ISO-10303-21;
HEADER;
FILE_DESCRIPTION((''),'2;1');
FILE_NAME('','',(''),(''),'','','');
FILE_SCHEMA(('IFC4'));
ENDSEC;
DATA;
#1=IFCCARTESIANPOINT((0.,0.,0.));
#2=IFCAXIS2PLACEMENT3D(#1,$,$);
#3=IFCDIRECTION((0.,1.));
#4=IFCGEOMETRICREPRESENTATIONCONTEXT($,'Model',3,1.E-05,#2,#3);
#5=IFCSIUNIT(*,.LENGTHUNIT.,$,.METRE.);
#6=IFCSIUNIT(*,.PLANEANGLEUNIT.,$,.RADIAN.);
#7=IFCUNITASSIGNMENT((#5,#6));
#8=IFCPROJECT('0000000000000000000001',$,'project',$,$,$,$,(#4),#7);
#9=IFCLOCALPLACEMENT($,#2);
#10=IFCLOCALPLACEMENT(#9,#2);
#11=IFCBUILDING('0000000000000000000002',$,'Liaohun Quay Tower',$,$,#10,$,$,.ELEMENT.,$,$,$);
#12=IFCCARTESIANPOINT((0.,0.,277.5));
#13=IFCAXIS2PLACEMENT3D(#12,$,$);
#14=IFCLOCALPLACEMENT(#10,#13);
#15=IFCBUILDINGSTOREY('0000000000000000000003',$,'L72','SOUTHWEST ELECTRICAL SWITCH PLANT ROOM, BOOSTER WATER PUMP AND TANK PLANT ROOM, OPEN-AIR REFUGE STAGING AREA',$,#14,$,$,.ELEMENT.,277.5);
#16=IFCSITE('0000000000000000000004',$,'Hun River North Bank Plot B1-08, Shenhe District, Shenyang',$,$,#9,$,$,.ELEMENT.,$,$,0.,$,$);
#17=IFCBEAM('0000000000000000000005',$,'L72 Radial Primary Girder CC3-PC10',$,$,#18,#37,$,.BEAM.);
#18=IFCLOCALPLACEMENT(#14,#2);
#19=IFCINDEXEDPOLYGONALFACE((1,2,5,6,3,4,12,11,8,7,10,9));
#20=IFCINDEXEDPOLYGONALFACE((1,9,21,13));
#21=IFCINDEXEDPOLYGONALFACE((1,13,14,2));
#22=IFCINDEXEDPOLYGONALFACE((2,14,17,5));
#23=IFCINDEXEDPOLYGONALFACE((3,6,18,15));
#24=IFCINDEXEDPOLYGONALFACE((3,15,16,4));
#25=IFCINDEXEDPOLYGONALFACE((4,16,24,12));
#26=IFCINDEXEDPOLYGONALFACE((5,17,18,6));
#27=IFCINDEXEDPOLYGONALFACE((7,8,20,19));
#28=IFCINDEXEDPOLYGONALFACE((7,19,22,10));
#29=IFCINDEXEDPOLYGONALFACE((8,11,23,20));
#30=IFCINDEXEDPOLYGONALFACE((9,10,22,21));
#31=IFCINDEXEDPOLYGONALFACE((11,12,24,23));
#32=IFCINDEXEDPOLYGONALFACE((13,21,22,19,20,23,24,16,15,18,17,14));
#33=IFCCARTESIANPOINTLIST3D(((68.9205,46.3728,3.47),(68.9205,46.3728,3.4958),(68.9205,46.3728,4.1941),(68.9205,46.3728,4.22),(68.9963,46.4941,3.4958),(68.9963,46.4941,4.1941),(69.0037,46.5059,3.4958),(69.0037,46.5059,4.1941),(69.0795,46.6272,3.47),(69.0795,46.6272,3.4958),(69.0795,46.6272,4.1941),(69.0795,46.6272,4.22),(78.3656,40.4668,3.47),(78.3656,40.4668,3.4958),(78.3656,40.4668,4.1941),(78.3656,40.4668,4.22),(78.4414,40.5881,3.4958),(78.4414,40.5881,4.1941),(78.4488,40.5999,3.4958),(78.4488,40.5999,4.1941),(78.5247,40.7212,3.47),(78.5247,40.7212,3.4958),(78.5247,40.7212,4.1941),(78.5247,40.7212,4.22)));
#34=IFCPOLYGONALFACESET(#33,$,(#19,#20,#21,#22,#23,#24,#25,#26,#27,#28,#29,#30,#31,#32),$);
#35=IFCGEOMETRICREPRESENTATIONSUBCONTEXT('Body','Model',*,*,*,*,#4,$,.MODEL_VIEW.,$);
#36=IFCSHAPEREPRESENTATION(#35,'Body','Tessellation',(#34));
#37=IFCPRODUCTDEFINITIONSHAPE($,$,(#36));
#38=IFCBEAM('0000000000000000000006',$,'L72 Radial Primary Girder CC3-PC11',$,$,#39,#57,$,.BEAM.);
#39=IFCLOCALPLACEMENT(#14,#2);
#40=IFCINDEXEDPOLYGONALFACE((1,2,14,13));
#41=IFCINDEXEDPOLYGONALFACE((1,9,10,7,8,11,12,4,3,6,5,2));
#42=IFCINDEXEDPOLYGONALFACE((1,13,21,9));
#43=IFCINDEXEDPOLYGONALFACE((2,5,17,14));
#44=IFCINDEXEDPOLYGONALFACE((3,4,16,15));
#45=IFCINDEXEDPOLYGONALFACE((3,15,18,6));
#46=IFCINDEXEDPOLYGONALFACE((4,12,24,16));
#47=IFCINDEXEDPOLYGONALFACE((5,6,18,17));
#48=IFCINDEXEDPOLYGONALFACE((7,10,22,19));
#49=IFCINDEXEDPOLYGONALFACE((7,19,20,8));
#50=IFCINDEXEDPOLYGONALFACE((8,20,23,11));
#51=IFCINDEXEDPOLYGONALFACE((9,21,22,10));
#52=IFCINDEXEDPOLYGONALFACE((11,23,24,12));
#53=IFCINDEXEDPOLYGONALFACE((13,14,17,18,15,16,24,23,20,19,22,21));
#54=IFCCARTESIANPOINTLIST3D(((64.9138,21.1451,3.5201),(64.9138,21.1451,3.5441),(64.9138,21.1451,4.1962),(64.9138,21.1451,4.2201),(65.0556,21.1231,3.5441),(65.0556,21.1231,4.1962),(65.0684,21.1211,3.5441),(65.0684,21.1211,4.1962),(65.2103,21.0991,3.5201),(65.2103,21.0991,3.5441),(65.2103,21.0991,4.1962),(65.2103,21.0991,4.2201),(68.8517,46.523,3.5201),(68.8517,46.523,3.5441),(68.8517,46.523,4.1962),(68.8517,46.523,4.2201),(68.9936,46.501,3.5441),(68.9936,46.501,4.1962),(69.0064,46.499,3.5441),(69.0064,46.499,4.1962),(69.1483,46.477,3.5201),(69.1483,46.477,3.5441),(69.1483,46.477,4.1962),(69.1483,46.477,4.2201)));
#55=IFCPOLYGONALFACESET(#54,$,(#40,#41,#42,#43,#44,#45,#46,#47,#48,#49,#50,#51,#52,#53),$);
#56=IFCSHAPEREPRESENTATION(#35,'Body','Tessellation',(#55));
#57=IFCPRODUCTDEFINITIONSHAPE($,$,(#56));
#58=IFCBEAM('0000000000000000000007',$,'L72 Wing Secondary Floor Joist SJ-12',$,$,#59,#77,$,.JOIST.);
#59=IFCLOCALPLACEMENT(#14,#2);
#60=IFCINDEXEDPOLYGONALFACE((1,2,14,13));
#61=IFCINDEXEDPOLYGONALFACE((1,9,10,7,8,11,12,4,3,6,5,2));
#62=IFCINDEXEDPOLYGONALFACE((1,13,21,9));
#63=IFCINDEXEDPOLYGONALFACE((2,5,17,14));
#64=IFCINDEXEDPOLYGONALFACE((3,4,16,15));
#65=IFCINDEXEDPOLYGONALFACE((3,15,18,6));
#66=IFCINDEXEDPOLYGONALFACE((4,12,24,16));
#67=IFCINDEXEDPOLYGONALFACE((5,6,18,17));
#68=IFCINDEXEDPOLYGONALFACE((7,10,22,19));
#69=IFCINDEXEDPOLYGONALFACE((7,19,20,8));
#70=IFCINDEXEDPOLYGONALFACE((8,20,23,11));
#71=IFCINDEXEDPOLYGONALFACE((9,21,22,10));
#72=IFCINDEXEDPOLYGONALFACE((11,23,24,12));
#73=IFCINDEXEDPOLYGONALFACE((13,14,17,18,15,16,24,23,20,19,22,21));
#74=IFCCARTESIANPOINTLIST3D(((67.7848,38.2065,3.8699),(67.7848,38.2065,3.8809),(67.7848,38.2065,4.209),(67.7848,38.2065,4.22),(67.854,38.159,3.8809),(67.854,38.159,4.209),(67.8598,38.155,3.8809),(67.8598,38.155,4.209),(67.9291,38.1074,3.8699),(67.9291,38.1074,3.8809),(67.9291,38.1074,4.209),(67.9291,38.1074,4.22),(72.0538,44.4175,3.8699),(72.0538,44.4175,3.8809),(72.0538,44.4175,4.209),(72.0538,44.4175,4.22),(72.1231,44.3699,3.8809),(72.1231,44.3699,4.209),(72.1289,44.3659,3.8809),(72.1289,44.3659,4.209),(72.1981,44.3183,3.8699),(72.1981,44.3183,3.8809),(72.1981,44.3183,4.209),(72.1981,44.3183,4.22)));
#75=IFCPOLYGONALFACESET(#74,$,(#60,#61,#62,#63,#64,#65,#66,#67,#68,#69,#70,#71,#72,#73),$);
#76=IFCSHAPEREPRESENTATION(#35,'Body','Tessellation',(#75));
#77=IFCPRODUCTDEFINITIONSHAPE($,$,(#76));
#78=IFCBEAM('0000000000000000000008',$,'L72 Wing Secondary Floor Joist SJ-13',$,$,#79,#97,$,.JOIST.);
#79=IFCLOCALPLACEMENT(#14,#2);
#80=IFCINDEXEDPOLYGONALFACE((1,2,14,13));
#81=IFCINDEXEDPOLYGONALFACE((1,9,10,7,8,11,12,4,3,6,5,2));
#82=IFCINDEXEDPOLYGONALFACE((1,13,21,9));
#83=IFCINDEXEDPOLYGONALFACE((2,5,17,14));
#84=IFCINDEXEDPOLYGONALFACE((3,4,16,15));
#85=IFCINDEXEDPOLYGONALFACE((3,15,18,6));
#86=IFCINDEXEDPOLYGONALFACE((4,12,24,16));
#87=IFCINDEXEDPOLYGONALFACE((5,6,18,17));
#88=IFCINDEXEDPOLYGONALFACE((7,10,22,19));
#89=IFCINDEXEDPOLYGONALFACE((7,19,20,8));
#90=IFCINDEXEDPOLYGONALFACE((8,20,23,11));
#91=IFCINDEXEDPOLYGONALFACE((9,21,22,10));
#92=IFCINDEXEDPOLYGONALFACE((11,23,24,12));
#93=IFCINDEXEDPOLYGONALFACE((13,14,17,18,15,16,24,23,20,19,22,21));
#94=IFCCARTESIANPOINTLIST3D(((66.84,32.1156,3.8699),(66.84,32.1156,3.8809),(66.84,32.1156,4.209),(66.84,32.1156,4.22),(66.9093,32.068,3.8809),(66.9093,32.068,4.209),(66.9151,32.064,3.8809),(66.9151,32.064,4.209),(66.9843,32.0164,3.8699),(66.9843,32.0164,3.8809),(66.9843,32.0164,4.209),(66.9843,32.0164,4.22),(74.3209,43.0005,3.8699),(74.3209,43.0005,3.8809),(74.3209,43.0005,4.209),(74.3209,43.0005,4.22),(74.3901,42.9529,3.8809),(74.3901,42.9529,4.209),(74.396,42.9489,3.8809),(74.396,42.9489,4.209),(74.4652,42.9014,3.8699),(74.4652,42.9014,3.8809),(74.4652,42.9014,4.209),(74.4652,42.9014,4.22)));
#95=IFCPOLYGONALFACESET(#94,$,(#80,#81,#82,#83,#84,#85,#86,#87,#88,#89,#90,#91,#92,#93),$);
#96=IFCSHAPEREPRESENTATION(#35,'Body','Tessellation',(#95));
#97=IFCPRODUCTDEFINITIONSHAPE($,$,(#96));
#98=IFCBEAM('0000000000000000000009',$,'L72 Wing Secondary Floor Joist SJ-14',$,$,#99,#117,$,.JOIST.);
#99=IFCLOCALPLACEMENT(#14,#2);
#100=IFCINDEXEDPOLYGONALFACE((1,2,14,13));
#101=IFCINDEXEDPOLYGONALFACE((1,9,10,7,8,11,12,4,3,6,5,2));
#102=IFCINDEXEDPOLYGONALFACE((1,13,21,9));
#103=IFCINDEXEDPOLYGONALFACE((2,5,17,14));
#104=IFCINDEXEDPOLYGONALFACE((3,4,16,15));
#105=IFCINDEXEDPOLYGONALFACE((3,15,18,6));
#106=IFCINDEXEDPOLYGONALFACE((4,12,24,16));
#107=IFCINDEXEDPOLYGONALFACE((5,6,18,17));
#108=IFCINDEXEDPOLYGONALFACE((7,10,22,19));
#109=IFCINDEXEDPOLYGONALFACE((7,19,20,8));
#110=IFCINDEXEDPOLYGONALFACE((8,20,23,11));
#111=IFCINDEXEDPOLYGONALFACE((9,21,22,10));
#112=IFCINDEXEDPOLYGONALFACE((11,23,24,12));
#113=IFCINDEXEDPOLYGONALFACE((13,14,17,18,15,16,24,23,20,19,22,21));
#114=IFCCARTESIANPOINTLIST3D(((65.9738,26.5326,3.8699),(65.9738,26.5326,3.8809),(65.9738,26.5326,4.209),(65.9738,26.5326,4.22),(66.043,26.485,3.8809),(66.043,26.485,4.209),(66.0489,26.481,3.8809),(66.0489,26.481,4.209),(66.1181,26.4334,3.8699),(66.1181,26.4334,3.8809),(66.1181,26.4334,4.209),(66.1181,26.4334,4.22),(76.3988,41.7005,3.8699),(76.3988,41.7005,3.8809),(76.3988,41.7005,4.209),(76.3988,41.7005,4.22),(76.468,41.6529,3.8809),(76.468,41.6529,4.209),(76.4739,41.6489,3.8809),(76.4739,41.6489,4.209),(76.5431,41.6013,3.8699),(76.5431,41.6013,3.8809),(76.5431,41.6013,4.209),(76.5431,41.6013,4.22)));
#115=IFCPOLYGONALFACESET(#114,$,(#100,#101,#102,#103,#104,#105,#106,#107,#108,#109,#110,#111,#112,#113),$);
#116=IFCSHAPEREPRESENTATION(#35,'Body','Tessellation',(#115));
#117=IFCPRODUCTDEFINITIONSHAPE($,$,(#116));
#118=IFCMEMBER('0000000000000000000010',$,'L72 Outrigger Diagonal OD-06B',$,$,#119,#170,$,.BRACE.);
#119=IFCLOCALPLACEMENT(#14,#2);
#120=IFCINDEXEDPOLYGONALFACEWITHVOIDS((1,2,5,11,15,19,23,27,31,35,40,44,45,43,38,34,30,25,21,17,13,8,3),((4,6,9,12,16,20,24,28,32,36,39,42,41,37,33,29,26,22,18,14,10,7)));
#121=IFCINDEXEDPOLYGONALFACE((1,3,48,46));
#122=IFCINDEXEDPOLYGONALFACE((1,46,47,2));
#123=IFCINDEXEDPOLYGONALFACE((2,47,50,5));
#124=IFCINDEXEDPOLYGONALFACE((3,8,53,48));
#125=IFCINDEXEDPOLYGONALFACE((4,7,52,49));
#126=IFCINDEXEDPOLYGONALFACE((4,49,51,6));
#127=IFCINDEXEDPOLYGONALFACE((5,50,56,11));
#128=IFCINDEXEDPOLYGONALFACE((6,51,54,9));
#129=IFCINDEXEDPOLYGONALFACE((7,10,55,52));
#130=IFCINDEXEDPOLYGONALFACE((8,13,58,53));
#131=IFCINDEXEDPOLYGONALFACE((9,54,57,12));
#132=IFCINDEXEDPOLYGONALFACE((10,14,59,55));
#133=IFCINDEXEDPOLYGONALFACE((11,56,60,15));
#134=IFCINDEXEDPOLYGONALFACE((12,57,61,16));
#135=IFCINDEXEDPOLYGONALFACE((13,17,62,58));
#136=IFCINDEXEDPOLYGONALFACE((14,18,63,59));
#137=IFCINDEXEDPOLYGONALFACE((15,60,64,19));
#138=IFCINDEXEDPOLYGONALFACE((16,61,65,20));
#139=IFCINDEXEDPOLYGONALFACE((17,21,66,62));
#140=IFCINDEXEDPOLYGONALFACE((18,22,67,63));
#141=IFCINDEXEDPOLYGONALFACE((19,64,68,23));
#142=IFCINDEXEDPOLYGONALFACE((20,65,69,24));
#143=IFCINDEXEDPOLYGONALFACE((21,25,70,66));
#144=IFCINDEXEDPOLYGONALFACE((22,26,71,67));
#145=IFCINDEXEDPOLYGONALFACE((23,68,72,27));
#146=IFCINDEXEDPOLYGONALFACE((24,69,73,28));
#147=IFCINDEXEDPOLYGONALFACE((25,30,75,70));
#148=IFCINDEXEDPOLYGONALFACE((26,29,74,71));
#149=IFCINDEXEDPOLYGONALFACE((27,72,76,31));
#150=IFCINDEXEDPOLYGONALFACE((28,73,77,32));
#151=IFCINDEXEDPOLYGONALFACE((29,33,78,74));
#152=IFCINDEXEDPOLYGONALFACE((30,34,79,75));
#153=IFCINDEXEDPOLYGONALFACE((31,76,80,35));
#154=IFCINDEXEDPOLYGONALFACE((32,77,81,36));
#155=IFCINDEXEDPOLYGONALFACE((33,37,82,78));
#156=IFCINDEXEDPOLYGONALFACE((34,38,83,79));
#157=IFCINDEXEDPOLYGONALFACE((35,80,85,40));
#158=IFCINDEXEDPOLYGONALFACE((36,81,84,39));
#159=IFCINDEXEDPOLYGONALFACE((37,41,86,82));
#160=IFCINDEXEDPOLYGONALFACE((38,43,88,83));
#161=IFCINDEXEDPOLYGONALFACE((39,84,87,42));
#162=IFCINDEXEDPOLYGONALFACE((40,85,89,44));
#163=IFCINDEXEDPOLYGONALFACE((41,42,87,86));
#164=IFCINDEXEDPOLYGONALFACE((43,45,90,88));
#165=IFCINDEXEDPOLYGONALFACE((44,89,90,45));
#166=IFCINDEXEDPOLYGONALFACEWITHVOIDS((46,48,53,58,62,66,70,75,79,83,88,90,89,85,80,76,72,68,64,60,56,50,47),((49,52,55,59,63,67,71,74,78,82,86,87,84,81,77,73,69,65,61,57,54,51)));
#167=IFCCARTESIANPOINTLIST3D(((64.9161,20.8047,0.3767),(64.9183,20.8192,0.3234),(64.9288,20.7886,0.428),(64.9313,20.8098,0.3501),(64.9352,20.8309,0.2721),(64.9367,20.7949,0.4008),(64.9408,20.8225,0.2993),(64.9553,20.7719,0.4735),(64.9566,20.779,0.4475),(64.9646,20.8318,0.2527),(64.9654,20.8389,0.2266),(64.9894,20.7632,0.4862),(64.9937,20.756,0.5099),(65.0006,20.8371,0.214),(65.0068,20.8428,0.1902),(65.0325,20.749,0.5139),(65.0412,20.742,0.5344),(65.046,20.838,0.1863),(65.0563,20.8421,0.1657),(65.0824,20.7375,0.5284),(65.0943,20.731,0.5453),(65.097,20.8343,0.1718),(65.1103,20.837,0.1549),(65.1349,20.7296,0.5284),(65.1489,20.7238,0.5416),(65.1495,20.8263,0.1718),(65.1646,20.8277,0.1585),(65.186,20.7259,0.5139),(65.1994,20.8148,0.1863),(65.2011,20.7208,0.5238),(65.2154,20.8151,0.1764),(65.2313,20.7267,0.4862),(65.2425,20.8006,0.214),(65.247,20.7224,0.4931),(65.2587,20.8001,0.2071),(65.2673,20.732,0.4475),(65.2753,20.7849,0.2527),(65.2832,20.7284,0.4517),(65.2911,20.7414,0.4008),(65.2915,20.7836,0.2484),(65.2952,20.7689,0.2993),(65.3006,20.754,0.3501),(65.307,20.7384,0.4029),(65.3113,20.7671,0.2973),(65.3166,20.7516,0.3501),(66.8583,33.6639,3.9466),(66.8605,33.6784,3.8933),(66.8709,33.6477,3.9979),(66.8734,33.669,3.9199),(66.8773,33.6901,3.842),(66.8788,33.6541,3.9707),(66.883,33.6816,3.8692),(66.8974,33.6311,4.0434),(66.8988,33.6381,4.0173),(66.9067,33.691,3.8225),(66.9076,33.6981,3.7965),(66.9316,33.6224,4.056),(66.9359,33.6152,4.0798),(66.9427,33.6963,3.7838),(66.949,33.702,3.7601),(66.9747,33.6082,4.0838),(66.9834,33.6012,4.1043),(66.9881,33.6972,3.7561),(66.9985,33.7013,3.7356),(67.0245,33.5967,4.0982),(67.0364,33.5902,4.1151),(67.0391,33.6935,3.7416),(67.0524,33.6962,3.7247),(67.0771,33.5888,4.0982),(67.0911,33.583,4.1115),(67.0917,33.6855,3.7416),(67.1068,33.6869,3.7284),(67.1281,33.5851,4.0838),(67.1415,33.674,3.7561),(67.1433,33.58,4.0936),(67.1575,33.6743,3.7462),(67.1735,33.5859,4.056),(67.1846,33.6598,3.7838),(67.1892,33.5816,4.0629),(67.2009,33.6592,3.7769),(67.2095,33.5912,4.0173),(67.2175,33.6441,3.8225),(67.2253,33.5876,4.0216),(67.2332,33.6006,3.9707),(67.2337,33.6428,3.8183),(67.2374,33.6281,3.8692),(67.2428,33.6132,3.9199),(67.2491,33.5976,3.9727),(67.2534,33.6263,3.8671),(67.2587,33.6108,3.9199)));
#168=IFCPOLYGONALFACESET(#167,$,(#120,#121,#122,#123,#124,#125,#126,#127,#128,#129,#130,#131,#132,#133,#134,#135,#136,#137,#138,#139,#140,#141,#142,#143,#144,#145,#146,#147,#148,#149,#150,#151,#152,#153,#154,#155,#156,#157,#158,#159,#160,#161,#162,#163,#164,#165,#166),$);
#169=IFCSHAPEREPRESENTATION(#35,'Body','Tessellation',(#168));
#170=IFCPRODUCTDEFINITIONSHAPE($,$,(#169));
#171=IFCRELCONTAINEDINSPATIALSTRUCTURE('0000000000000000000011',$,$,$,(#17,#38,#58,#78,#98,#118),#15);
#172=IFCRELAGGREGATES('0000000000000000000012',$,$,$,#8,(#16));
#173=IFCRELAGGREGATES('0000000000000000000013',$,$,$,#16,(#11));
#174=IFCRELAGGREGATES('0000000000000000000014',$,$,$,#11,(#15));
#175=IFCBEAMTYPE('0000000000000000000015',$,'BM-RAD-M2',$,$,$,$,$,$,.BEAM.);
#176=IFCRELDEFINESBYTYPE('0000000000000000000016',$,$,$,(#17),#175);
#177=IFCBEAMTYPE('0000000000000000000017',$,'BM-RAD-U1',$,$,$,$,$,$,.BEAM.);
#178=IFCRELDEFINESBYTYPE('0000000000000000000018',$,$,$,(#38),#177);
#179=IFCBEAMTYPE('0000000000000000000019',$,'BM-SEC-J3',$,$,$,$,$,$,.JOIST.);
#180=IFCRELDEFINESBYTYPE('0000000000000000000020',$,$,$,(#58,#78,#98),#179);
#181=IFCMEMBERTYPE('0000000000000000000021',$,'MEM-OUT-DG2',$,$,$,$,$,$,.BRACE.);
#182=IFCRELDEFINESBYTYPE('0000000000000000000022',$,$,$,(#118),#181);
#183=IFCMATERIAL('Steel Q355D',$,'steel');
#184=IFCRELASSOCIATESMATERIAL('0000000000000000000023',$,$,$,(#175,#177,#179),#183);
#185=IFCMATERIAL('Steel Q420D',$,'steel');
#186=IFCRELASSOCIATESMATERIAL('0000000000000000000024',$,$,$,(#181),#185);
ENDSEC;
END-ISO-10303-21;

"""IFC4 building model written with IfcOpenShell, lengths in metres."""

from ifc_helpers import new_model, si_unit, direction, frame, origin, origin_2d, place, context, subcontext, project, spatial, hollow_circle, i_section, extrude, source, transform, mapped, material, material_profile, profile_set, type_object, element, save


model = new_model("IFC4")

# Units and contexts
model_context = context("Model", 3, precision=1e-05, world=origin(), true_north=direction((0.0, 1.0)))
body_context = subcontext(model_context, "Body", "Model", "MODEL_VIEW")
ifc_project = project(units=[si_unit("LENGTHUNIT", "METRE"), si_unit("PLANEANGLEUNIT", "RADIAN")], contexts=[model_context])

# Site, building, storey
site_placement = place(None, origin())
site = spatial("IfcSite", under=ifc_project, at=site_placement, Name="Hun River North Bank Plot B1-08, Shenhe District, Shenyang", CompositionType="ELEMENT", RefElevation=0.0)
building_placement = place(site_placement, origin())
building = spatial("IfcBuilding", under=site, at=building_placement, Name="Liaohun Quay Tower", CompositionType="ELEMENT")
storey_placement = place(building_placement, frame((0.0, 0.0, 277.5)))
storey = spatial("IfcBuildingStorey", under=building, at=storey_placement, Name="L72", Description="SOUTHWEST ELECTRICAL SWITCH PLANT ROOM, BOOSTER WATER PUMP AND TANK PLANT ROOM, OPEN-AIR REFUGE STAGING AREA", CompositionType="ELEMENT", Elevation=277.5)

# Shared definitions
ifc_material_1 = material(Name="Steel Q355D", Category="steel")

# Beams
ifc_material_profile_1 = material_profile(ifc_material_1, i_section(OverallWidth=0.3, OverallDepth=0.75, WebThickness=0.0139, FlangeThickness=0.0259, at=origin_2d()), Name="HN750x300x14x26")
ifc_profile_set_1 = profile_set([ifc_material_profile_1], Name="Steel Q355D")
beam_type_1 = type_object("IfcBeamType", Name="BM-RAD-M2", PredefinedType="BEAM", material=ifc_profile_set_1)
shared_shape_1 = source(origin(), body_context, "Body", "SweptSolid", [
    extrude(i_section(OverallWidth=0.3, OverallDepth=0.75, WebThickness=0.0139, FlangeThickness=0.0259, at=origin_2d()), origin(), (0.0, 0.0, 1.0), 11.1396),
])
beam_1_placement = place(storey_placement, frame((69.0, 46.5, 3.845), z_axis=(0.847884, -0.530182, 0.0), x_axis=(0.530182, 0.847884, 0.0)))
element("IfcBeam", 1, at=beam_1_placement, inside=storey, type_object=beam_type_1, Name="L72 Radial Primary Girder CC3-PC10", PredefinedType="BEAM", context=body_context, shape_type="MappedRepresentation", body=[
    mapped(shared_shape_1, transform((0.0, 0.0, 0.0), x_axis=(1.0, 0.0, 0.0), y_axis=(0.0, 1.0, 0.0), z_axis=(0.0, 0.0, 1.0), scale=1.0)),
])
ifc_material_profile_2 = material_profile(ifc_material_1, i_section(OverallWidth=0.3, OverallDepth=0.7, WebThickness=0.0129, FlangeThickness=0.0239, at=origin_2d()), Name="HN700x300x13x24")
ifc_profile_set_2 = profile_set([ifc_material_profile_2], Name="Steel Q355D")
beam_type_2 = type_object("IfcBeamType", Name="BM-RAD-U1", PredefinedType="BEAM", material=ifc_profile_set_2)
shared_shape_2 = source(origin(), body_context, "Body", "SweptSolid", [
    extrude(i_section(OverallWidth=0.3, OverallDepth=0.7, WebThickness=0.0129, FlangeThickness=0.0239, at=origin_2d()), origin(), (0.0, 0.0, 1.0), 25.6816),
])
beam_2_placement = place(storey_placement, frame((69.0, 46.5, 3.8701), z_axis=(-0.153339, -0.988174, 0.0), x_axis=(0.988174, -0.153339, 0.0)))
element("IfcBeam", 2, at=beam_2_placement, inside=storey, type_object=beam_type_2, Name="L72 Radial Primary Girder CC3-PC11", PredefinedType="BEAM", context=body_context, shape_type="MappedRepresentation", body=[
    mapped(shared_shape_2, transform((0.0, 0.0, 0.0), x_axis=(1.0, 0.0, 0.0), y_axis=(0.0, 1.0, 0.0), z_axis=(0.0, 0.0, 1.0), scale=1.0)),
])
ifc_material_profile_3 = material_profile(ifc_material_1, i_section(OverallWidth=0.175, OverallDepth=0.3501, WebThickness=0.0071, FlangeThickness=0.011, at=origin_2d()), Name="HN350x175x7x11")
ifc_profile_set_3 = profile_set([ifc_material_profile_3], Name="Steel Q355D")
beam_type_3 = type_object("IfcBeamType", Name="BM-SEC-J3", PredefinedType="JOIST", material=ifc_profile_set_3)
shared_shape_3 = source(origin(), body_context, "Body", "SweptSolid", [
    extrude(i_section(OverallWidth=0.175, OverallDepth=0.3501, WebThickness=0.0071, FlangeThickness=0.011, at=origin_2d()), origin(), (0.0, 0.0, 1.0), 7.5366),
])
beam_3_placement = place(storey_placement, frame((72.126, 44.3679, 4.0449), z_axis=(-0.566441, -0.824102, 0.0), x_axis=(0.824102, -0.566441, 0.0)))
element("IfcBeam", 3, at=beam_3_placement, inside=storey, type_object=beam_type_3, Name="L72 Wing Secondary Floor Joist SJ-12", PredefinedType="JOIST", context=body_context, shape_type="MappedRepresentation", body=[
    mapped(shared_shape_3, transform((0.0, 0.0, 0.0), x_axis=(1.0, 0.0, 0.0), y_axis=(0.0, 1.0, 0.0), z_axis=(0.0, 0.0, 1.0), scale=1.0)),
])
shared_shape_4 = source(origin(), body_context, "Body", "SweptSolid", [
    extrude(i_section(OverallWidth=0.175, OverallDepth=0.3501, WebThickness=0.0071, FlangeThickness=0.011, at=origin_2d()), origin(), (0.0, 0.0, 1.0), 13.2078),
])
beam_4_placement = place(storey_placement, frame((74.3931, 42.9509, 4.0449), z_axis=(-0.566401, -0.82413, 0.0), x_axis=(0.82413, -0.566401, 0.0)))
element("IfcBeam", 4, at=beam_4_placement, inside=storey, type_object=beam_type_3, Name="L72 Wing Secondary Floor Joist SJ-13", PredefinedType="JOIST", context=body_context, shape_type="MappedRepresentation", body=[
    mapped(shared_shape_4, transform((0.0, 0.0, 0.0), x_axis=(1.0, 0.0, 0.0), y_axis=(0.0, 1.0, 0.0), z_axis=(0.0, 0.0, 1.0), scale=1.0)),
])
shared_shape_5 = source(origin(), body_context, "Body", "SweptSolid", [
    extrude(i_section(OverallWidth=0.175, OverallDepth=0.3501, WebThickness=0.0071, FlangeThickness=0.011, at=origin_2d()), origin(), (0.0, 0.0, 1.0), 18.405),
])
beam_5_placement = place(storey_placement, frame((76.4709, 41.6509, 4.0449), z_axis=(-0.566421, -0.824116, 0.0), x_axis=(0.824116, -0.566421, 0.0)))
element("IfcBeam", 5, at=beam_5_placement, inside=storey, type_object=beam_type_3, Name="L72 Wing Secondary Floor Joist SJ-14", PredefinedType="JOIST", context=body_context, shape_type="MappedRepresentation", body=[
    mapped(shared_shape_5, transform((0.0, 0.0, 0.0), x_axis=(1.0, 0.0, 0.0), y_axis=(0.0, 1.0, 0.0), z_axis=(0.0, 0.0, 1.0), scale=1.0)),
])

# Member
ifc_material_2 = material(Name="Steel Q420D", Category="steel")
ifc_material_profile_4 = material_profile(ifc_material_2, hollow_circle(Radius=0.2029, WallThickness=0.0161, at=origin_2d()), Name="CHS406x16")
ifc_profile_set_4 = profile_set([ifc_material_profile_4], Name="Steel Q420D")
member_type_1 = type_object("IfcMemberType", Name="MEM-OUT-DG2", PredefinedType="BRACE", material=ifc_profile_set_4)
shared_shape_6 = source(origin(), body_context, "Body", "SweptSolid", [
    extrude(hollow_circle(Radius=0.2029, WallThickness=0.0161, at=origin_2d()), origin(), (0.0, 0.0, 1.0), 13.4861),
])
member_1_placement = place(storey_placement, frame((67.0581, 33.6411, 3.9199), z_axis=(-0.144011, -0.953515, -0.264705), x_axis=(0.988786, -0.149338, 0.0)))
element("IfcMember", 6, at=member_1_placement, inside=storey, type_object=member_type_1, Name="L72 Outrigger Diagonal OD-06B", PredefinedType="BRACE", context=body_context, shape_type="MappedRepresentation", body=[
    mapped(shared_shape_6, transform((0.0, 0.0, 0.0), x_axis=(1.0, 0.0, 0.0), y_axis=(0.0, 1.0, 0.0), z_axis=(0.0, 0.0, 1.0), scale=1.0)),
])

save(model, "model.ifc")
